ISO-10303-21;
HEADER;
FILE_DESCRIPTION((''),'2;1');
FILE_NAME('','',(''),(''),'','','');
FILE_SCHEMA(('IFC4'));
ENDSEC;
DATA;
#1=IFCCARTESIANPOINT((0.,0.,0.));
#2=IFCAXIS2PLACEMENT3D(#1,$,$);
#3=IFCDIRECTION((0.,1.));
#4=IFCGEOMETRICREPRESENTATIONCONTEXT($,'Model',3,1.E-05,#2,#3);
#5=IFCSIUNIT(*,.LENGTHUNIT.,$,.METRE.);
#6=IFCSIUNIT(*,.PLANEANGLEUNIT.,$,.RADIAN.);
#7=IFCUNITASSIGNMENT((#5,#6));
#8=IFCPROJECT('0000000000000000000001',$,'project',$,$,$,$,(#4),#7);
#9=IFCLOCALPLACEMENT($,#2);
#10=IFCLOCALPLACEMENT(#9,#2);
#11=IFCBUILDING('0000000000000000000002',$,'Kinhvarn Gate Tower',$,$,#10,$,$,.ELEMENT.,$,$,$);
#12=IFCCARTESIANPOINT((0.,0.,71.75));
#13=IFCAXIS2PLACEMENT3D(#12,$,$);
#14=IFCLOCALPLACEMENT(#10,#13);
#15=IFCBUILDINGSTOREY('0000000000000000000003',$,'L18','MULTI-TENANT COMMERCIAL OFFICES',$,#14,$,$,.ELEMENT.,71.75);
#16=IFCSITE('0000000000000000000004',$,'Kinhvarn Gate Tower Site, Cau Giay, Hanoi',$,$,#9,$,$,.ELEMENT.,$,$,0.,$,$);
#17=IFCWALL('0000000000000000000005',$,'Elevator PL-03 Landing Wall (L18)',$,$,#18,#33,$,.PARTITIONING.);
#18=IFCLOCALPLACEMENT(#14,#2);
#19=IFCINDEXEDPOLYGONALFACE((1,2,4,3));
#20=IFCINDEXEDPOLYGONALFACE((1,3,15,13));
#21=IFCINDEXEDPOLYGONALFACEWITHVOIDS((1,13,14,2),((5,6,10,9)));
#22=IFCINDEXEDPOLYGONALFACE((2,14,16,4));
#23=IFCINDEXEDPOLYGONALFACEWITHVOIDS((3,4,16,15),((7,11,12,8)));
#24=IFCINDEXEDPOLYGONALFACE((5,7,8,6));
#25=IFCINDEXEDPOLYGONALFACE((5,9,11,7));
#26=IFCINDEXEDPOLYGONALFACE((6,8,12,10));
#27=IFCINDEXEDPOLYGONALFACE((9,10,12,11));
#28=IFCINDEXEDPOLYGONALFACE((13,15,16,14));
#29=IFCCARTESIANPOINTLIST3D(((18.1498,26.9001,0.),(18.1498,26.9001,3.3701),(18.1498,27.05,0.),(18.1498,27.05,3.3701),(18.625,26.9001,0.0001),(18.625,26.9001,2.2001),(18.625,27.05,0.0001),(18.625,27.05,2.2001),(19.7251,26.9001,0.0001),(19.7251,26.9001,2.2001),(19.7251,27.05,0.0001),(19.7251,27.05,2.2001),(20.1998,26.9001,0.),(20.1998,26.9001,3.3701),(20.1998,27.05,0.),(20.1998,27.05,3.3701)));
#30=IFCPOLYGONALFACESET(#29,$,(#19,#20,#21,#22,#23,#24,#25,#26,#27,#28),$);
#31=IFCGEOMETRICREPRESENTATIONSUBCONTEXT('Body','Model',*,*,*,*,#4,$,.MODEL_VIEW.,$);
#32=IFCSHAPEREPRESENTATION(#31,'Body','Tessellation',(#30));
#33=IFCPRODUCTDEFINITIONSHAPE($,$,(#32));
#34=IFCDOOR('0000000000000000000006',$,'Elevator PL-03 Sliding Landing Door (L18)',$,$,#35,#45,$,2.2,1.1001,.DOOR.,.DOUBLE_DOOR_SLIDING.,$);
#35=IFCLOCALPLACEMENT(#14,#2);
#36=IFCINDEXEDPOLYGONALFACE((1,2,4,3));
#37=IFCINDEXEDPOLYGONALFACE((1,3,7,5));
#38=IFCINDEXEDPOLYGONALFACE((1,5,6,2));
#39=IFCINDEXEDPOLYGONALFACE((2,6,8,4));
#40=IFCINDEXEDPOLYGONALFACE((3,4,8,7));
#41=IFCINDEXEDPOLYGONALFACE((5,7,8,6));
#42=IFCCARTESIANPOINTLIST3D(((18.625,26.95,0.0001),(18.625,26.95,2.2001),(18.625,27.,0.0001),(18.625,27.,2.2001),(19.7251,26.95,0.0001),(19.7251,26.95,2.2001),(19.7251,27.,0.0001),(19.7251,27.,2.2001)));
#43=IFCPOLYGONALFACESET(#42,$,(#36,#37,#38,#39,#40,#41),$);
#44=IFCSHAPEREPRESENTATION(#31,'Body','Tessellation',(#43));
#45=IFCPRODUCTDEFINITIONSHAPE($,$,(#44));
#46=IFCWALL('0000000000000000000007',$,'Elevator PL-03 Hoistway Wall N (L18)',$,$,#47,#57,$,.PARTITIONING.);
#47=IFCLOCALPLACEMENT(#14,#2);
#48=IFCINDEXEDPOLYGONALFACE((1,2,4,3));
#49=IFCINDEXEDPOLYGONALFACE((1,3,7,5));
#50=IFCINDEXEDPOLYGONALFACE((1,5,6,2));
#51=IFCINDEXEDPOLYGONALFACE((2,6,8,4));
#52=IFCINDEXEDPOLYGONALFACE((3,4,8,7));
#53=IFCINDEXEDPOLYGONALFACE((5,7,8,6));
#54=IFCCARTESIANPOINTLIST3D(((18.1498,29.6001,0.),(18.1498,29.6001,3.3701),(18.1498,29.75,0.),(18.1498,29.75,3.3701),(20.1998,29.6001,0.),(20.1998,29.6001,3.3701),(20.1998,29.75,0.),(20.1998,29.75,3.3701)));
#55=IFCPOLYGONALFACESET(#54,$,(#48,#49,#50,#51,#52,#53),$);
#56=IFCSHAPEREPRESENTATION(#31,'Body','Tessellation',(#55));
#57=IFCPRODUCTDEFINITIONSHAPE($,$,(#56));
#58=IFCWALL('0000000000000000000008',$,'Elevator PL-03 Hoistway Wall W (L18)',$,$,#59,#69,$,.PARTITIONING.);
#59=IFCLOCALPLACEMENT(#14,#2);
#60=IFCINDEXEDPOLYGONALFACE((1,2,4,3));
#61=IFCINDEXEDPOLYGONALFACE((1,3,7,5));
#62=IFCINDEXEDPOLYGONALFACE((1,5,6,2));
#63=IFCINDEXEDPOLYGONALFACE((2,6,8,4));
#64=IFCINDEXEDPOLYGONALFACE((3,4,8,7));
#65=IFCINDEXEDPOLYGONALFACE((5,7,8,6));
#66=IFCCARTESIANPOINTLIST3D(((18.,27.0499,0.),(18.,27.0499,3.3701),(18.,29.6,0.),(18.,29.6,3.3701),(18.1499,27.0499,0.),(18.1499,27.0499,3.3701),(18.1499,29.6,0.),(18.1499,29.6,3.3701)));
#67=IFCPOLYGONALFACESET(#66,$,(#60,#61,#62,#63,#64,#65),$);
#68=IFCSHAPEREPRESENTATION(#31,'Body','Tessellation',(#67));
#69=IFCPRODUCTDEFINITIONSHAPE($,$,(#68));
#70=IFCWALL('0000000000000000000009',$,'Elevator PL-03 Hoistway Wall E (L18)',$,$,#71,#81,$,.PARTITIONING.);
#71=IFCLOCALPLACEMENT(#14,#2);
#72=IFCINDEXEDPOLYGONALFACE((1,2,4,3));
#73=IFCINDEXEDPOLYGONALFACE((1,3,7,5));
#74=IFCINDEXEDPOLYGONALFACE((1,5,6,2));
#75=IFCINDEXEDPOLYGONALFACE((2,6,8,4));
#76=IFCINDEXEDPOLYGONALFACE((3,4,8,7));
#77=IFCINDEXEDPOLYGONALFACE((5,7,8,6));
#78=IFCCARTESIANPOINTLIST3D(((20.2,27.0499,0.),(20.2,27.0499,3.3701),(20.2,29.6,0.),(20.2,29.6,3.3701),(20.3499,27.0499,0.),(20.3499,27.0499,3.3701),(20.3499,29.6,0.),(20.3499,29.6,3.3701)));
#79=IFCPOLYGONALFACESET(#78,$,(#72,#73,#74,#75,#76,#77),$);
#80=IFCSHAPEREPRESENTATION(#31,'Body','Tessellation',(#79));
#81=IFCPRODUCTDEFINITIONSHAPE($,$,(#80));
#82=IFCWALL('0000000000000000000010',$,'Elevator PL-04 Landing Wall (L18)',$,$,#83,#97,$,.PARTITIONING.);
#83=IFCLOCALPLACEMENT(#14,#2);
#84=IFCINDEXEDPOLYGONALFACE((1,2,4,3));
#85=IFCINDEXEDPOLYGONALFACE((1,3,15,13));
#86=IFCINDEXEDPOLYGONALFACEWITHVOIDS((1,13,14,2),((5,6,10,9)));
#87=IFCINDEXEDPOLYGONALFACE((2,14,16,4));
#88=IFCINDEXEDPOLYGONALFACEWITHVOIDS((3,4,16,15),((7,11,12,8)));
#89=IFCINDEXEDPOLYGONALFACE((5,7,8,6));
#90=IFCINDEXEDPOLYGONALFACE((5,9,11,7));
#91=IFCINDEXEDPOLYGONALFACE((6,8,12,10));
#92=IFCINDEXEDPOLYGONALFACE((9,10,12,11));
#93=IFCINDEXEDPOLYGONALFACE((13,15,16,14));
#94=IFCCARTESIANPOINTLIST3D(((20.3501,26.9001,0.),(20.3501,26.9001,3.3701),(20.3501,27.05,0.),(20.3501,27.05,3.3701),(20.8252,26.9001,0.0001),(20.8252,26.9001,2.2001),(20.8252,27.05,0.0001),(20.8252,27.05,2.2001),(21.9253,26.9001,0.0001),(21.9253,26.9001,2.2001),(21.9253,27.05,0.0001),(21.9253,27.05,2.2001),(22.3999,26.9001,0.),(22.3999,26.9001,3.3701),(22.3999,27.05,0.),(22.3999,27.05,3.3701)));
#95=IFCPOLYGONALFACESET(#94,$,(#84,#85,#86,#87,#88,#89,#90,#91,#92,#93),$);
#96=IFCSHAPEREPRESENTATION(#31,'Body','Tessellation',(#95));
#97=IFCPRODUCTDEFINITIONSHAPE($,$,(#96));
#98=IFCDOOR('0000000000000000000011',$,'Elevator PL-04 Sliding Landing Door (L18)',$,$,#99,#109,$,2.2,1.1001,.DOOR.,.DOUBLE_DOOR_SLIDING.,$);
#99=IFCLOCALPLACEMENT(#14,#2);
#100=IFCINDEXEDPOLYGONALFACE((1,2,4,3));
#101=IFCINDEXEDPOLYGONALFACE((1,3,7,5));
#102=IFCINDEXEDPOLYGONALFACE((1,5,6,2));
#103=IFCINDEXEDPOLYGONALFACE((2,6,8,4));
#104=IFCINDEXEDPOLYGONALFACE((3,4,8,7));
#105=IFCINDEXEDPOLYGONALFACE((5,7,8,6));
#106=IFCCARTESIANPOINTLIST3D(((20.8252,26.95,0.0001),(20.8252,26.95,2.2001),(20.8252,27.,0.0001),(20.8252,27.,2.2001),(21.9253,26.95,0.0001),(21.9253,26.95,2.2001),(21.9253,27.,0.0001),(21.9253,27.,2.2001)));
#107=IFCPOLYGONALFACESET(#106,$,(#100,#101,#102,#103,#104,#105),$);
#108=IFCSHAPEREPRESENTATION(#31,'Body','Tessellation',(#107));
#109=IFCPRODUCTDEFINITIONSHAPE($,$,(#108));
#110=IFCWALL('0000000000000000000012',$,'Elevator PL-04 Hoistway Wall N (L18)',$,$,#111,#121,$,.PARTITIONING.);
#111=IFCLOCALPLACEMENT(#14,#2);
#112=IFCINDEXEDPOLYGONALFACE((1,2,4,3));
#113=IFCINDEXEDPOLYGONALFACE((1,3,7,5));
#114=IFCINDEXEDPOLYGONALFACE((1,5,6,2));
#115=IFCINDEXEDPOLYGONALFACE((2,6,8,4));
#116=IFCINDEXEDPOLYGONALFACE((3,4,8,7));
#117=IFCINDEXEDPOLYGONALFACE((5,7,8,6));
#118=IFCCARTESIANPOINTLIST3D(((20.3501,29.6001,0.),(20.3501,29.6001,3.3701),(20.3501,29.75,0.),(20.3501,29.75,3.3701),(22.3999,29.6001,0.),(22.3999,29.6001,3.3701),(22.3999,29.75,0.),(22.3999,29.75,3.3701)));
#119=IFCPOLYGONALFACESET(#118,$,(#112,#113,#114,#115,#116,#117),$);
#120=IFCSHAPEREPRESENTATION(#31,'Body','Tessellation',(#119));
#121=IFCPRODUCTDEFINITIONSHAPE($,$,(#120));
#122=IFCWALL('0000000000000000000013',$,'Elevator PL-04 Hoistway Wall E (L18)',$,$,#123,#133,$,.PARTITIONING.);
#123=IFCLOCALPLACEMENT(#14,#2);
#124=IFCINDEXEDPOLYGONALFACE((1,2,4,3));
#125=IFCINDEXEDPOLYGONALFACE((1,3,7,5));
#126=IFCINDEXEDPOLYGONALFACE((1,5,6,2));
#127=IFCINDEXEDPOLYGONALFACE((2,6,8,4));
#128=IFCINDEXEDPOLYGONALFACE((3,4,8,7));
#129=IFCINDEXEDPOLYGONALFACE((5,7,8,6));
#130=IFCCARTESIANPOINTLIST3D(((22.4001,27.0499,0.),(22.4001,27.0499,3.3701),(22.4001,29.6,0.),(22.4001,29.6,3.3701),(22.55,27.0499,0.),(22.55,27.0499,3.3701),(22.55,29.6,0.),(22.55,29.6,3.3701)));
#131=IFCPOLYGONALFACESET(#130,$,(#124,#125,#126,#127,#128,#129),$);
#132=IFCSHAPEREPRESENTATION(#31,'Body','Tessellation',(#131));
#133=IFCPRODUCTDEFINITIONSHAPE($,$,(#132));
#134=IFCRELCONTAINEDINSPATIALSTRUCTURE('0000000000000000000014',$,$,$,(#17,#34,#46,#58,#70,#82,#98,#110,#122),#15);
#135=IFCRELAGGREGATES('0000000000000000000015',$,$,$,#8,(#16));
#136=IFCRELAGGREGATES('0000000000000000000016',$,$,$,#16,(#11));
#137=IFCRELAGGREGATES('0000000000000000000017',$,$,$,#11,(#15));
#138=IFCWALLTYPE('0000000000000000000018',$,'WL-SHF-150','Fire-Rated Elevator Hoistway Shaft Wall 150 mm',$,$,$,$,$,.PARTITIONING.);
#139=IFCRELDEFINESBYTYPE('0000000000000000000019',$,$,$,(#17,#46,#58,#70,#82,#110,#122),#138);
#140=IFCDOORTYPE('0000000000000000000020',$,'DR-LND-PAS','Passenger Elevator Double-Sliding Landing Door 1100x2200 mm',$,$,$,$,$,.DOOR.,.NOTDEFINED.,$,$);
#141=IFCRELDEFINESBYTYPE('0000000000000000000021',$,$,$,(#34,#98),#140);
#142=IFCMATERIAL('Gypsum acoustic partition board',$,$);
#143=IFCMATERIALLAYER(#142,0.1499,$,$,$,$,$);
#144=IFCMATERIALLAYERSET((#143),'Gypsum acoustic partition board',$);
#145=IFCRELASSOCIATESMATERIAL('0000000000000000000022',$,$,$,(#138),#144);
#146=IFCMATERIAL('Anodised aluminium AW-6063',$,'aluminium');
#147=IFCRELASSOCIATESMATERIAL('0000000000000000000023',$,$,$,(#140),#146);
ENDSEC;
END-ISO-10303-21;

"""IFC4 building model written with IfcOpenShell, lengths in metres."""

from ifc_helpers import new_model, si_unit, direction, frame, frame_2d, origin, place, context, subcontext, project, spatial, rectangle, extrude, material, layer, layer_set, type_object, element, fill, save


model = new_model("IFC4")

# Units and contexts
model_context = context("Model", 3, precision=1e-05, world=origin(), true_north=direction((0.0, 1.0)))
body_context = subcontext(model_context, "Body", "Model", "MODEL_VIEW")
ifc_project = project(units=[si_unit("LENGTHUNIT", "METRE"), si_unit("PLANEANGLEUNIT", "RADIAN")], contexts=[model_context])

# Site, building, storey
site_placement = place(None, origin())
site = spatial("IfcSite", under=ifc_project, at=site_placement, Name="Kinhvarn Gate Tower Site, Cau Giay, Hanoi", CompositionType="ELEMENT", RefElevation=0.0)
building_placement = place(site_placement, origin())
building = spatial("IfcBuilding", under=site, at=building_placement, Name="Kinhvarn Gate Tower", CompositionType="ELEMENT")
storey_placement = place(building_placement, frame((0.0, 0.0, 71.75)))
storey = spatial("IfcBuildingStorey", under=building, at=storey_placement, Name="L18", Description="MULTI-TENANT COMMERCIAL OFFICES", CompositionType="ELEMENT", Elevation=71.75)

# Shared definitions
ifc_material_1 = material(Name="Gypsum acoustic partition board")

# Shared definitions
ifc_material_2 = material(Name="Anodised aluminium AW-6063", Category="aluminium")

# Wall, opening, door
ifc_layer_1 = layer(ifc_material_1, 0.1499)
ifc_layer_set_1 = layer_set([ifc_layer_1], Name="Gypsum acoustic partition board")
wall_type_1 = type_object("IfcWallType", Name="WL-SHF-150", Description="Fire-Rated Elevator Hoistway Shaft Wall 150 mm", PredefinedType="PARTITIONING", material=ifc_layer_set_1)
wall_1_placement = place(storey_placement, frame((18.1499, 26.9751, 0.0), z_axis=(0.0, 0.0, 1.0), x_axis=(1.0, 0.0, 0.0)))
wall_1 = element("IfcWall", 1, at=wall_1_placement, inside=storey, type_object=wall_type_1, Name="Elevator PL-03 Landing Wall (L18)", PredefinedType="PARTITIONING", context=body_context, shape_type="SweptSolid", body=[
    extrude(rectangle(XDim=2.05, YDim=0.1499, at=frame_2d((1.0249, 0.0))), origin(), (0.0, 0.0, 1.0), 3.3701),
])
opening_1_placement = place(wall_1_placement, frame((0.4751, 0.0, 0.0)))
opening_1 = element("IfcOpeningElement", 2, at=opening_1_placement, cuts=wall_1, PredefinedType="OPENING", context=body_context, shape_type="SweptSolid", body=[
    extrude(rectangle(XDim=1.1001, YDim=2.2, at=frame_2d((0.55, 1.1001))), frame((0.0, 0.085, 0.0), z_axis=(0.0, -1.0, 0.0), x_axis=(1.0, 0.0, 0.0)), (0.0, 0.0, 1.0), 0.1699),
])
door_type_1 = type_object("IfcDoorType", Name="DR-LND-PAS", Description="Passenger Elevator Double-Sliding Landing Door 1100x2200 mm", OperationType="NOTDEFINED", PredefinedType="DOOR", material=ifc_material_2)
door_1_placement = place(opening_1_placement, origin())
door_1 = element("IfcDoor", 3, at=door_1_placement, inside=storey, type_object=door_type_1, Name="Elevator PL-03 Sliding Landing Door (L18)", OperationType="DOUBLE_DOOR_SLIDING", OverallHeight=2.2, OverallWidth=1.1001, PredefinedType="DOOR", context=body_context, shape_type="SweptSolid", body=[
    extrude(rectangle(XDim=1.1001, YDim=2.2, at=frame_2d((0.55, 1.1001))), frame((0.0, 0.0249, 0.0), z_axis=(0.0, -1.0, 0.0), x_axis=(1.0, 0.0, 0.0)), (0.0, 0.0, 1.0), 0.05),
])
fill(opening_1, door_1)

# Walls
wall_2_placement = place(storey_placement, frame((18.1499, 29.675, 0.0), z_axis=(0.0, 0.0, 1.0), x_axis=(1.0, 0.0, 0.0)))
element("IfcWall", 4, at=wall_2_placement, inside=storey, type_object=wall_type_1, Name="Elevator PL-03 Hoistway Wall N (L18)", PredefinedType="PARTITIONING", context=body_context, shape_type="SweptSolid", body=[
    extrude(rectangle(XDim=2.05, YDim=0.1499, at=frame_2d((1.0249, 0.0))), origin(), (0.0, 0.0, 1.0), 3.3701),
])
for number, where, z_axis, x_axis, name in (
    (5, (18.075, 27.05, 0.0), (0.0, 0.0, 1.0), (0.0, 1.0, 0.0), "Elevator PL-03 Hoistway Wall W (L18)"),
    (6, (20.2749, 27.05, 0.0), (0.0, 0.0, 1.0), (0.0, 1.0, 0.0), "Elevator PL-03 Hoistway Wall E (L18)"),
):
    element("IfcWall", number, at=place(storey_placement, frame(where, z_axis=z_axis, x_axis=x_axis)), inside=storey, type_object=wall_type_1, Name=name, PredefinedType="PARTITIONING", context=body_context, shape_type="SweptSolid", body=[
        extrude(rectangle(XDim=2.55, YDim=0.1499, at=frame_2d((1.2749, 0.0))), origin(), (0.0, 0.0, 1.0), 3.3701),
    ])

# Wall, opening, door
wall_3_placement = place(storey_placement, frame((20.3501, 26.9751, 0.0), z_axis=(0.0, 0.0, 1.0), x_axis=(1.0, 0.0, 0.0)))
wall_3 = element("IfcWall", 7, at=wall_3_placement, inside=storey, type_object=wall_type_1, Name="Elevator PL-04 Landing Wall (L18)", PredefinedType="PARTITIONING", context=body_context, shape_type="SweptSolid", body=[
    extrude(rectangle(XDim=2.0498, YDim=0.1499, at=frame_2d((1.0249, 0.0))), origin(), (0.0, 0.0, 1.0), 3.3701),
])
opening_2_placement = place(wall_3_placement, frame((0.4751, 0.0, 0.0)))
opening_2 = element("IfcOpeningElement", 8, at=opening_2_placement, cuts=wall_3, PredefinedType="OPENING", context=body_context, shape_type="SweptSolid", body=[
    extrude(rectangle(XDim=1.1001, YDim=2.2, at=frame_2d((0.55, 1.1001))), frame((0.0, 0.085, 0.0), z_axis=(0.0, -1.0, 0.0), x_axis=(1.0, 0.0, 0.0)), (0.0, 0.0, 1.0), 0.1699),
])
door_2_placement = place(opening_2_placement, origin())
door_2 = element("IfcDoor", 9, at=door_2_placement, inside=storey, type_object=door_type_1, Name="Elevator PL-04 Sliding Landing Door (L18)", OperationType="DOUBLE_DOOR_SLIDING", OverallHeight=2.2, OverallWidth=1.1001, PredefinedType="DOOR", context=body_context, shape_type="SweptSolid", body=[
    extrude(rectangle(XDim=1.1001, YDim=2.2, at=frame_2d((0.55, 1.1001))), frame((0.0, 0.0249, 0.0), z_axis=(0.0, -1.0, 0.0), x_axis=(1.0, 0.0, 0.0)), (0.0, 0.0, 1.0), 0.05),
])
fill(opening_2, door_2)

# Walls
wall_4_placement = place(storey_placement, frame((20.3501, 29.675, 0.0), z_axis=(0.0, 0.0, 1.0), x_axis=(1.0, 0.0, 0.0)))
element("IfcWall", 10, at=wall_4_placement, inside=storey, type_object=wall_type_1, Name="Elevator PL-04 Hoistway Wall N (L18)", PredefinedType="PARTITIONING", context=body_context, shape_type="SweptSolid", body=[
    extrude(rectangle(XDim=2.0498, YDim=0.1499, at=frame_2d((1.0249, 0.0))), origin(), (0.0, 0.0, 1.0), 3.3701),
])
wall_5_placement = place(storey_placement, frame((22.4751, 27.05, 0.0), z_axis=(0.0, 0.0, 1.0), x_axis=(0.0, 1.0, 0.0)))
element("IfcWall", 11, at=wall_5_placement, inside=storey, type_object=wall_type_1, Name="Elevator PL-04 Hoistway Wall E (L18)", PredefinedType="PARTITIONING", context=body_context, shape_type="SweptSolid", body=[
    extrude(rectangle(XDim=2.55, YDim=0.1499, at=frame_2d((1.2749, 0.0))), origin(), (0.0, 0.0, 1.0), 3.3701),
])

save(model, "model.ifc")
